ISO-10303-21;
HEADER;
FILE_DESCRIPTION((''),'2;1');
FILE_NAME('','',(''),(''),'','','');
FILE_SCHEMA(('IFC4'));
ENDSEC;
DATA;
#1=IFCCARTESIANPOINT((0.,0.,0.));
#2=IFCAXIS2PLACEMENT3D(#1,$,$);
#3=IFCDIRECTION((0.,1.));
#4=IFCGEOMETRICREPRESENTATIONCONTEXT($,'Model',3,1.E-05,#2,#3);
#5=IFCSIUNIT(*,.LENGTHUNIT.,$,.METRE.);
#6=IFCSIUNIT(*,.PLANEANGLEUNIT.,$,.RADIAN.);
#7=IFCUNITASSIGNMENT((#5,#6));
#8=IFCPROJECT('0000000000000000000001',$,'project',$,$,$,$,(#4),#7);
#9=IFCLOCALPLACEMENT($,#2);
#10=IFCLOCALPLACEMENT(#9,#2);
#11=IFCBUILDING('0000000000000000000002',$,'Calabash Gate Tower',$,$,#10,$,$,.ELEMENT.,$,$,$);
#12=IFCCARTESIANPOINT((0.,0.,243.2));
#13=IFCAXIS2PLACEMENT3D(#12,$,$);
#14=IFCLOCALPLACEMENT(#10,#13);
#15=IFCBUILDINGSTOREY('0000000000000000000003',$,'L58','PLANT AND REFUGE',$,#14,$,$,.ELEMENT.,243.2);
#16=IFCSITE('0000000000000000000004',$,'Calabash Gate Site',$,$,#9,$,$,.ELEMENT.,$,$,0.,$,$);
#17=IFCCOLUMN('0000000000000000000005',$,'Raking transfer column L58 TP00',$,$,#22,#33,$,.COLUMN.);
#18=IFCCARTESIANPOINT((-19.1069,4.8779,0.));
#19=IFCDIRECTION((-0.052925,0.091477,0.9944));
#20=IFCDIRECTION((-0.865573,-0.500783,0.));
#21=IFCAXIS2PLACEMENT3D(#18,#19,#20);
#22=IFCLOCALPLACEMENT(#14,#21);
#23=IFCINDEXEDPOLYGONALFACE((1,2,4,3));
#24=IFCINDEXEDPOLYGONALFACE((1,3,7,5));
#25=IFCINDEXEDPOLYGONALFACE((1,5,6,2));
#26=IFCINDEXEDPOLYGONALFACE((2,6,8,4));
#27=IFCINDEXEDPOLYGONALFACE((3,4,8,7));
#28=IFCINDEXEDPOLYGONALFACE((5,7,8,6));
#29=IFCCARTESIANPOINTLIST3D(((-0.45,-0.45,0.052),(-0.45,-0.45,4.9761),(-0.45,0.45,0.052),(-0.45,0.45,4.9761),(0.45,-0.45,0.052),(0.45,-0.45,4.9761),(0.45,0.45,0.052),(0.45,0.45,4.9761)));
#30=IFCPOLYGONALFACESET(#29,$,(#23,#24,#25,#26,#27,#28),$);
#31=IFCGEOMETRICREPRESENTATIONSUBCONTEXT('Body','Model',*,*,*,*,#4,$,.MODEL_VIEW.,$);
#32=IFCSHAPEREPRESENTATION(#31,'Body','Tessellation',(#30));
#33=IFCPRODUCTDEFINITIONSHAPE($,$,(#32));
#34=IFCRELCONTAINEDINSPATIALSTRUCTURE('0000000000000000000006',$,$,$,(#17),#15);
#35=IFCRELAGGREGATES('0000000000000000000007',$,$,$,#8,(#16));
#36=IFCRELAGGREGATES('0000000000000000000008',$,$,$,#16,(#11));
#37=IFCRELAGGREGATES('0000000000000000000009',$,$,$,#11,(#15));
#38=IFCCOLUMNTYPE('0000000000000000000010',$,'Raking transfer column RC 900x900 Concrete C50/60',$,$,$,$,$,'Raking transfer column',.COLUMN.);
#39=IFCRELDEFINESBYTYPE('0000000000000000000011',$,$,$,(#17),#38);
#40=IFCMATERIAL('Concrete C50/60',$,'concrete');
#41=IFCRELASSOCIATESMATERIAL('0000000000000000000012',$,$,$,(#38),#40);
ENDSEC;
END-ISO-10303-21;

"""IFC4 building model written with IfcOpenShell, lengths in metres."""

from ifc_helpers import new_model, si_unit, direction, frame, origin, origin_2d, place, context, subcontext, project, spatial, rectangle, extrude, clip, halfspace, material, material_profile, profile_set, type_object, element, save


model = new_model("IFC4")

# Units and contexts
model_context = context("Model", 3, precision=1e-05, world=origin(), true_north=direction((0.0, 1.0)))
body_context = subcontext(model_context, "Body", "Model", "MODEL_VIEW")
ifc_project = project(units=[si_unit("LENGTHUNIT", "METRE"), si_unit("PLANEANGLEUNIT", "RADIAN")], contexts=[model_context])

# Site, building, storey
site_placement = place(None, origin())
site = spatial("IfcSite", under=ifc_project, at=site_placement, Name="Calabash Gate Site", CompositionType="ELEMENT", RefElevation=0.0)
building_placement = place(site_placement, origin())
building = spatial("IfcBuilding", under=site, at=building_placement, Name="Calabash Gate Tower", CompositionType="ELEMENT")
storey_placement = place(building_placement, frame((0.0, 0.0, 243.2)))
storey = spatial("IfcBuildingStorey", under=building, at=storey_placement, Name="L58", Description="PLANT AND REFUGE", CompositionType="ELEMENT", Elevation=243.2)

# Column
ifc_material_1 = material(Name="Concrete C50/60", Category="concrete")
ifc_material_profile_1 = material_profile(ifc_material_1, rectangle(XDim=0.8999, YDim=0.8999, at=origin_2d()))
ifc_profile_set_1 = profile_set([ifc_material_profile_1], Name="Concrete C50/60")
column_type = type_object("IfcColumnType", Name="Raking transfer column RC 900x900 Concrete C50/60", ElementType="Raking transfer column", PredefinedType="COLUMN", material=ifc_profile_set_1)
column_placement = place(storey_placement, frame((-19.1069, 4.8779, 0.0), z_axis=(-0.052925, 0.091477, 0.9944), x_axis=(-0.865573, -0.500783, 0.0)))
element("IfcColumn", 1, at=column_placement, inside=storey, type_object=column_type, Name="Raking transfer column L58 TP00", PredefinedType="COLUMN", context=body_context, shape_type="Clipping", body=[
    clip(clip(extrude(rectangle(XDim=0.8999, YDim=0.8999, at=origin_2d()), origin(), (0.0, 0.0, 1.0), 5.0281), halfspace(frame((0.0, 0.0, 0.052), z_axis=(0.0, 0.0, 1.0), x_axis=(1.0, 0.0, 0.0)), True)), halfspace(frame((0.0, 0.0, 4.9761), z_axis=(0.0, 0.0, 1.0), x_axis=(1.0, 0.0, 0.0)), False)),
])

save(model, "model.ifc")
